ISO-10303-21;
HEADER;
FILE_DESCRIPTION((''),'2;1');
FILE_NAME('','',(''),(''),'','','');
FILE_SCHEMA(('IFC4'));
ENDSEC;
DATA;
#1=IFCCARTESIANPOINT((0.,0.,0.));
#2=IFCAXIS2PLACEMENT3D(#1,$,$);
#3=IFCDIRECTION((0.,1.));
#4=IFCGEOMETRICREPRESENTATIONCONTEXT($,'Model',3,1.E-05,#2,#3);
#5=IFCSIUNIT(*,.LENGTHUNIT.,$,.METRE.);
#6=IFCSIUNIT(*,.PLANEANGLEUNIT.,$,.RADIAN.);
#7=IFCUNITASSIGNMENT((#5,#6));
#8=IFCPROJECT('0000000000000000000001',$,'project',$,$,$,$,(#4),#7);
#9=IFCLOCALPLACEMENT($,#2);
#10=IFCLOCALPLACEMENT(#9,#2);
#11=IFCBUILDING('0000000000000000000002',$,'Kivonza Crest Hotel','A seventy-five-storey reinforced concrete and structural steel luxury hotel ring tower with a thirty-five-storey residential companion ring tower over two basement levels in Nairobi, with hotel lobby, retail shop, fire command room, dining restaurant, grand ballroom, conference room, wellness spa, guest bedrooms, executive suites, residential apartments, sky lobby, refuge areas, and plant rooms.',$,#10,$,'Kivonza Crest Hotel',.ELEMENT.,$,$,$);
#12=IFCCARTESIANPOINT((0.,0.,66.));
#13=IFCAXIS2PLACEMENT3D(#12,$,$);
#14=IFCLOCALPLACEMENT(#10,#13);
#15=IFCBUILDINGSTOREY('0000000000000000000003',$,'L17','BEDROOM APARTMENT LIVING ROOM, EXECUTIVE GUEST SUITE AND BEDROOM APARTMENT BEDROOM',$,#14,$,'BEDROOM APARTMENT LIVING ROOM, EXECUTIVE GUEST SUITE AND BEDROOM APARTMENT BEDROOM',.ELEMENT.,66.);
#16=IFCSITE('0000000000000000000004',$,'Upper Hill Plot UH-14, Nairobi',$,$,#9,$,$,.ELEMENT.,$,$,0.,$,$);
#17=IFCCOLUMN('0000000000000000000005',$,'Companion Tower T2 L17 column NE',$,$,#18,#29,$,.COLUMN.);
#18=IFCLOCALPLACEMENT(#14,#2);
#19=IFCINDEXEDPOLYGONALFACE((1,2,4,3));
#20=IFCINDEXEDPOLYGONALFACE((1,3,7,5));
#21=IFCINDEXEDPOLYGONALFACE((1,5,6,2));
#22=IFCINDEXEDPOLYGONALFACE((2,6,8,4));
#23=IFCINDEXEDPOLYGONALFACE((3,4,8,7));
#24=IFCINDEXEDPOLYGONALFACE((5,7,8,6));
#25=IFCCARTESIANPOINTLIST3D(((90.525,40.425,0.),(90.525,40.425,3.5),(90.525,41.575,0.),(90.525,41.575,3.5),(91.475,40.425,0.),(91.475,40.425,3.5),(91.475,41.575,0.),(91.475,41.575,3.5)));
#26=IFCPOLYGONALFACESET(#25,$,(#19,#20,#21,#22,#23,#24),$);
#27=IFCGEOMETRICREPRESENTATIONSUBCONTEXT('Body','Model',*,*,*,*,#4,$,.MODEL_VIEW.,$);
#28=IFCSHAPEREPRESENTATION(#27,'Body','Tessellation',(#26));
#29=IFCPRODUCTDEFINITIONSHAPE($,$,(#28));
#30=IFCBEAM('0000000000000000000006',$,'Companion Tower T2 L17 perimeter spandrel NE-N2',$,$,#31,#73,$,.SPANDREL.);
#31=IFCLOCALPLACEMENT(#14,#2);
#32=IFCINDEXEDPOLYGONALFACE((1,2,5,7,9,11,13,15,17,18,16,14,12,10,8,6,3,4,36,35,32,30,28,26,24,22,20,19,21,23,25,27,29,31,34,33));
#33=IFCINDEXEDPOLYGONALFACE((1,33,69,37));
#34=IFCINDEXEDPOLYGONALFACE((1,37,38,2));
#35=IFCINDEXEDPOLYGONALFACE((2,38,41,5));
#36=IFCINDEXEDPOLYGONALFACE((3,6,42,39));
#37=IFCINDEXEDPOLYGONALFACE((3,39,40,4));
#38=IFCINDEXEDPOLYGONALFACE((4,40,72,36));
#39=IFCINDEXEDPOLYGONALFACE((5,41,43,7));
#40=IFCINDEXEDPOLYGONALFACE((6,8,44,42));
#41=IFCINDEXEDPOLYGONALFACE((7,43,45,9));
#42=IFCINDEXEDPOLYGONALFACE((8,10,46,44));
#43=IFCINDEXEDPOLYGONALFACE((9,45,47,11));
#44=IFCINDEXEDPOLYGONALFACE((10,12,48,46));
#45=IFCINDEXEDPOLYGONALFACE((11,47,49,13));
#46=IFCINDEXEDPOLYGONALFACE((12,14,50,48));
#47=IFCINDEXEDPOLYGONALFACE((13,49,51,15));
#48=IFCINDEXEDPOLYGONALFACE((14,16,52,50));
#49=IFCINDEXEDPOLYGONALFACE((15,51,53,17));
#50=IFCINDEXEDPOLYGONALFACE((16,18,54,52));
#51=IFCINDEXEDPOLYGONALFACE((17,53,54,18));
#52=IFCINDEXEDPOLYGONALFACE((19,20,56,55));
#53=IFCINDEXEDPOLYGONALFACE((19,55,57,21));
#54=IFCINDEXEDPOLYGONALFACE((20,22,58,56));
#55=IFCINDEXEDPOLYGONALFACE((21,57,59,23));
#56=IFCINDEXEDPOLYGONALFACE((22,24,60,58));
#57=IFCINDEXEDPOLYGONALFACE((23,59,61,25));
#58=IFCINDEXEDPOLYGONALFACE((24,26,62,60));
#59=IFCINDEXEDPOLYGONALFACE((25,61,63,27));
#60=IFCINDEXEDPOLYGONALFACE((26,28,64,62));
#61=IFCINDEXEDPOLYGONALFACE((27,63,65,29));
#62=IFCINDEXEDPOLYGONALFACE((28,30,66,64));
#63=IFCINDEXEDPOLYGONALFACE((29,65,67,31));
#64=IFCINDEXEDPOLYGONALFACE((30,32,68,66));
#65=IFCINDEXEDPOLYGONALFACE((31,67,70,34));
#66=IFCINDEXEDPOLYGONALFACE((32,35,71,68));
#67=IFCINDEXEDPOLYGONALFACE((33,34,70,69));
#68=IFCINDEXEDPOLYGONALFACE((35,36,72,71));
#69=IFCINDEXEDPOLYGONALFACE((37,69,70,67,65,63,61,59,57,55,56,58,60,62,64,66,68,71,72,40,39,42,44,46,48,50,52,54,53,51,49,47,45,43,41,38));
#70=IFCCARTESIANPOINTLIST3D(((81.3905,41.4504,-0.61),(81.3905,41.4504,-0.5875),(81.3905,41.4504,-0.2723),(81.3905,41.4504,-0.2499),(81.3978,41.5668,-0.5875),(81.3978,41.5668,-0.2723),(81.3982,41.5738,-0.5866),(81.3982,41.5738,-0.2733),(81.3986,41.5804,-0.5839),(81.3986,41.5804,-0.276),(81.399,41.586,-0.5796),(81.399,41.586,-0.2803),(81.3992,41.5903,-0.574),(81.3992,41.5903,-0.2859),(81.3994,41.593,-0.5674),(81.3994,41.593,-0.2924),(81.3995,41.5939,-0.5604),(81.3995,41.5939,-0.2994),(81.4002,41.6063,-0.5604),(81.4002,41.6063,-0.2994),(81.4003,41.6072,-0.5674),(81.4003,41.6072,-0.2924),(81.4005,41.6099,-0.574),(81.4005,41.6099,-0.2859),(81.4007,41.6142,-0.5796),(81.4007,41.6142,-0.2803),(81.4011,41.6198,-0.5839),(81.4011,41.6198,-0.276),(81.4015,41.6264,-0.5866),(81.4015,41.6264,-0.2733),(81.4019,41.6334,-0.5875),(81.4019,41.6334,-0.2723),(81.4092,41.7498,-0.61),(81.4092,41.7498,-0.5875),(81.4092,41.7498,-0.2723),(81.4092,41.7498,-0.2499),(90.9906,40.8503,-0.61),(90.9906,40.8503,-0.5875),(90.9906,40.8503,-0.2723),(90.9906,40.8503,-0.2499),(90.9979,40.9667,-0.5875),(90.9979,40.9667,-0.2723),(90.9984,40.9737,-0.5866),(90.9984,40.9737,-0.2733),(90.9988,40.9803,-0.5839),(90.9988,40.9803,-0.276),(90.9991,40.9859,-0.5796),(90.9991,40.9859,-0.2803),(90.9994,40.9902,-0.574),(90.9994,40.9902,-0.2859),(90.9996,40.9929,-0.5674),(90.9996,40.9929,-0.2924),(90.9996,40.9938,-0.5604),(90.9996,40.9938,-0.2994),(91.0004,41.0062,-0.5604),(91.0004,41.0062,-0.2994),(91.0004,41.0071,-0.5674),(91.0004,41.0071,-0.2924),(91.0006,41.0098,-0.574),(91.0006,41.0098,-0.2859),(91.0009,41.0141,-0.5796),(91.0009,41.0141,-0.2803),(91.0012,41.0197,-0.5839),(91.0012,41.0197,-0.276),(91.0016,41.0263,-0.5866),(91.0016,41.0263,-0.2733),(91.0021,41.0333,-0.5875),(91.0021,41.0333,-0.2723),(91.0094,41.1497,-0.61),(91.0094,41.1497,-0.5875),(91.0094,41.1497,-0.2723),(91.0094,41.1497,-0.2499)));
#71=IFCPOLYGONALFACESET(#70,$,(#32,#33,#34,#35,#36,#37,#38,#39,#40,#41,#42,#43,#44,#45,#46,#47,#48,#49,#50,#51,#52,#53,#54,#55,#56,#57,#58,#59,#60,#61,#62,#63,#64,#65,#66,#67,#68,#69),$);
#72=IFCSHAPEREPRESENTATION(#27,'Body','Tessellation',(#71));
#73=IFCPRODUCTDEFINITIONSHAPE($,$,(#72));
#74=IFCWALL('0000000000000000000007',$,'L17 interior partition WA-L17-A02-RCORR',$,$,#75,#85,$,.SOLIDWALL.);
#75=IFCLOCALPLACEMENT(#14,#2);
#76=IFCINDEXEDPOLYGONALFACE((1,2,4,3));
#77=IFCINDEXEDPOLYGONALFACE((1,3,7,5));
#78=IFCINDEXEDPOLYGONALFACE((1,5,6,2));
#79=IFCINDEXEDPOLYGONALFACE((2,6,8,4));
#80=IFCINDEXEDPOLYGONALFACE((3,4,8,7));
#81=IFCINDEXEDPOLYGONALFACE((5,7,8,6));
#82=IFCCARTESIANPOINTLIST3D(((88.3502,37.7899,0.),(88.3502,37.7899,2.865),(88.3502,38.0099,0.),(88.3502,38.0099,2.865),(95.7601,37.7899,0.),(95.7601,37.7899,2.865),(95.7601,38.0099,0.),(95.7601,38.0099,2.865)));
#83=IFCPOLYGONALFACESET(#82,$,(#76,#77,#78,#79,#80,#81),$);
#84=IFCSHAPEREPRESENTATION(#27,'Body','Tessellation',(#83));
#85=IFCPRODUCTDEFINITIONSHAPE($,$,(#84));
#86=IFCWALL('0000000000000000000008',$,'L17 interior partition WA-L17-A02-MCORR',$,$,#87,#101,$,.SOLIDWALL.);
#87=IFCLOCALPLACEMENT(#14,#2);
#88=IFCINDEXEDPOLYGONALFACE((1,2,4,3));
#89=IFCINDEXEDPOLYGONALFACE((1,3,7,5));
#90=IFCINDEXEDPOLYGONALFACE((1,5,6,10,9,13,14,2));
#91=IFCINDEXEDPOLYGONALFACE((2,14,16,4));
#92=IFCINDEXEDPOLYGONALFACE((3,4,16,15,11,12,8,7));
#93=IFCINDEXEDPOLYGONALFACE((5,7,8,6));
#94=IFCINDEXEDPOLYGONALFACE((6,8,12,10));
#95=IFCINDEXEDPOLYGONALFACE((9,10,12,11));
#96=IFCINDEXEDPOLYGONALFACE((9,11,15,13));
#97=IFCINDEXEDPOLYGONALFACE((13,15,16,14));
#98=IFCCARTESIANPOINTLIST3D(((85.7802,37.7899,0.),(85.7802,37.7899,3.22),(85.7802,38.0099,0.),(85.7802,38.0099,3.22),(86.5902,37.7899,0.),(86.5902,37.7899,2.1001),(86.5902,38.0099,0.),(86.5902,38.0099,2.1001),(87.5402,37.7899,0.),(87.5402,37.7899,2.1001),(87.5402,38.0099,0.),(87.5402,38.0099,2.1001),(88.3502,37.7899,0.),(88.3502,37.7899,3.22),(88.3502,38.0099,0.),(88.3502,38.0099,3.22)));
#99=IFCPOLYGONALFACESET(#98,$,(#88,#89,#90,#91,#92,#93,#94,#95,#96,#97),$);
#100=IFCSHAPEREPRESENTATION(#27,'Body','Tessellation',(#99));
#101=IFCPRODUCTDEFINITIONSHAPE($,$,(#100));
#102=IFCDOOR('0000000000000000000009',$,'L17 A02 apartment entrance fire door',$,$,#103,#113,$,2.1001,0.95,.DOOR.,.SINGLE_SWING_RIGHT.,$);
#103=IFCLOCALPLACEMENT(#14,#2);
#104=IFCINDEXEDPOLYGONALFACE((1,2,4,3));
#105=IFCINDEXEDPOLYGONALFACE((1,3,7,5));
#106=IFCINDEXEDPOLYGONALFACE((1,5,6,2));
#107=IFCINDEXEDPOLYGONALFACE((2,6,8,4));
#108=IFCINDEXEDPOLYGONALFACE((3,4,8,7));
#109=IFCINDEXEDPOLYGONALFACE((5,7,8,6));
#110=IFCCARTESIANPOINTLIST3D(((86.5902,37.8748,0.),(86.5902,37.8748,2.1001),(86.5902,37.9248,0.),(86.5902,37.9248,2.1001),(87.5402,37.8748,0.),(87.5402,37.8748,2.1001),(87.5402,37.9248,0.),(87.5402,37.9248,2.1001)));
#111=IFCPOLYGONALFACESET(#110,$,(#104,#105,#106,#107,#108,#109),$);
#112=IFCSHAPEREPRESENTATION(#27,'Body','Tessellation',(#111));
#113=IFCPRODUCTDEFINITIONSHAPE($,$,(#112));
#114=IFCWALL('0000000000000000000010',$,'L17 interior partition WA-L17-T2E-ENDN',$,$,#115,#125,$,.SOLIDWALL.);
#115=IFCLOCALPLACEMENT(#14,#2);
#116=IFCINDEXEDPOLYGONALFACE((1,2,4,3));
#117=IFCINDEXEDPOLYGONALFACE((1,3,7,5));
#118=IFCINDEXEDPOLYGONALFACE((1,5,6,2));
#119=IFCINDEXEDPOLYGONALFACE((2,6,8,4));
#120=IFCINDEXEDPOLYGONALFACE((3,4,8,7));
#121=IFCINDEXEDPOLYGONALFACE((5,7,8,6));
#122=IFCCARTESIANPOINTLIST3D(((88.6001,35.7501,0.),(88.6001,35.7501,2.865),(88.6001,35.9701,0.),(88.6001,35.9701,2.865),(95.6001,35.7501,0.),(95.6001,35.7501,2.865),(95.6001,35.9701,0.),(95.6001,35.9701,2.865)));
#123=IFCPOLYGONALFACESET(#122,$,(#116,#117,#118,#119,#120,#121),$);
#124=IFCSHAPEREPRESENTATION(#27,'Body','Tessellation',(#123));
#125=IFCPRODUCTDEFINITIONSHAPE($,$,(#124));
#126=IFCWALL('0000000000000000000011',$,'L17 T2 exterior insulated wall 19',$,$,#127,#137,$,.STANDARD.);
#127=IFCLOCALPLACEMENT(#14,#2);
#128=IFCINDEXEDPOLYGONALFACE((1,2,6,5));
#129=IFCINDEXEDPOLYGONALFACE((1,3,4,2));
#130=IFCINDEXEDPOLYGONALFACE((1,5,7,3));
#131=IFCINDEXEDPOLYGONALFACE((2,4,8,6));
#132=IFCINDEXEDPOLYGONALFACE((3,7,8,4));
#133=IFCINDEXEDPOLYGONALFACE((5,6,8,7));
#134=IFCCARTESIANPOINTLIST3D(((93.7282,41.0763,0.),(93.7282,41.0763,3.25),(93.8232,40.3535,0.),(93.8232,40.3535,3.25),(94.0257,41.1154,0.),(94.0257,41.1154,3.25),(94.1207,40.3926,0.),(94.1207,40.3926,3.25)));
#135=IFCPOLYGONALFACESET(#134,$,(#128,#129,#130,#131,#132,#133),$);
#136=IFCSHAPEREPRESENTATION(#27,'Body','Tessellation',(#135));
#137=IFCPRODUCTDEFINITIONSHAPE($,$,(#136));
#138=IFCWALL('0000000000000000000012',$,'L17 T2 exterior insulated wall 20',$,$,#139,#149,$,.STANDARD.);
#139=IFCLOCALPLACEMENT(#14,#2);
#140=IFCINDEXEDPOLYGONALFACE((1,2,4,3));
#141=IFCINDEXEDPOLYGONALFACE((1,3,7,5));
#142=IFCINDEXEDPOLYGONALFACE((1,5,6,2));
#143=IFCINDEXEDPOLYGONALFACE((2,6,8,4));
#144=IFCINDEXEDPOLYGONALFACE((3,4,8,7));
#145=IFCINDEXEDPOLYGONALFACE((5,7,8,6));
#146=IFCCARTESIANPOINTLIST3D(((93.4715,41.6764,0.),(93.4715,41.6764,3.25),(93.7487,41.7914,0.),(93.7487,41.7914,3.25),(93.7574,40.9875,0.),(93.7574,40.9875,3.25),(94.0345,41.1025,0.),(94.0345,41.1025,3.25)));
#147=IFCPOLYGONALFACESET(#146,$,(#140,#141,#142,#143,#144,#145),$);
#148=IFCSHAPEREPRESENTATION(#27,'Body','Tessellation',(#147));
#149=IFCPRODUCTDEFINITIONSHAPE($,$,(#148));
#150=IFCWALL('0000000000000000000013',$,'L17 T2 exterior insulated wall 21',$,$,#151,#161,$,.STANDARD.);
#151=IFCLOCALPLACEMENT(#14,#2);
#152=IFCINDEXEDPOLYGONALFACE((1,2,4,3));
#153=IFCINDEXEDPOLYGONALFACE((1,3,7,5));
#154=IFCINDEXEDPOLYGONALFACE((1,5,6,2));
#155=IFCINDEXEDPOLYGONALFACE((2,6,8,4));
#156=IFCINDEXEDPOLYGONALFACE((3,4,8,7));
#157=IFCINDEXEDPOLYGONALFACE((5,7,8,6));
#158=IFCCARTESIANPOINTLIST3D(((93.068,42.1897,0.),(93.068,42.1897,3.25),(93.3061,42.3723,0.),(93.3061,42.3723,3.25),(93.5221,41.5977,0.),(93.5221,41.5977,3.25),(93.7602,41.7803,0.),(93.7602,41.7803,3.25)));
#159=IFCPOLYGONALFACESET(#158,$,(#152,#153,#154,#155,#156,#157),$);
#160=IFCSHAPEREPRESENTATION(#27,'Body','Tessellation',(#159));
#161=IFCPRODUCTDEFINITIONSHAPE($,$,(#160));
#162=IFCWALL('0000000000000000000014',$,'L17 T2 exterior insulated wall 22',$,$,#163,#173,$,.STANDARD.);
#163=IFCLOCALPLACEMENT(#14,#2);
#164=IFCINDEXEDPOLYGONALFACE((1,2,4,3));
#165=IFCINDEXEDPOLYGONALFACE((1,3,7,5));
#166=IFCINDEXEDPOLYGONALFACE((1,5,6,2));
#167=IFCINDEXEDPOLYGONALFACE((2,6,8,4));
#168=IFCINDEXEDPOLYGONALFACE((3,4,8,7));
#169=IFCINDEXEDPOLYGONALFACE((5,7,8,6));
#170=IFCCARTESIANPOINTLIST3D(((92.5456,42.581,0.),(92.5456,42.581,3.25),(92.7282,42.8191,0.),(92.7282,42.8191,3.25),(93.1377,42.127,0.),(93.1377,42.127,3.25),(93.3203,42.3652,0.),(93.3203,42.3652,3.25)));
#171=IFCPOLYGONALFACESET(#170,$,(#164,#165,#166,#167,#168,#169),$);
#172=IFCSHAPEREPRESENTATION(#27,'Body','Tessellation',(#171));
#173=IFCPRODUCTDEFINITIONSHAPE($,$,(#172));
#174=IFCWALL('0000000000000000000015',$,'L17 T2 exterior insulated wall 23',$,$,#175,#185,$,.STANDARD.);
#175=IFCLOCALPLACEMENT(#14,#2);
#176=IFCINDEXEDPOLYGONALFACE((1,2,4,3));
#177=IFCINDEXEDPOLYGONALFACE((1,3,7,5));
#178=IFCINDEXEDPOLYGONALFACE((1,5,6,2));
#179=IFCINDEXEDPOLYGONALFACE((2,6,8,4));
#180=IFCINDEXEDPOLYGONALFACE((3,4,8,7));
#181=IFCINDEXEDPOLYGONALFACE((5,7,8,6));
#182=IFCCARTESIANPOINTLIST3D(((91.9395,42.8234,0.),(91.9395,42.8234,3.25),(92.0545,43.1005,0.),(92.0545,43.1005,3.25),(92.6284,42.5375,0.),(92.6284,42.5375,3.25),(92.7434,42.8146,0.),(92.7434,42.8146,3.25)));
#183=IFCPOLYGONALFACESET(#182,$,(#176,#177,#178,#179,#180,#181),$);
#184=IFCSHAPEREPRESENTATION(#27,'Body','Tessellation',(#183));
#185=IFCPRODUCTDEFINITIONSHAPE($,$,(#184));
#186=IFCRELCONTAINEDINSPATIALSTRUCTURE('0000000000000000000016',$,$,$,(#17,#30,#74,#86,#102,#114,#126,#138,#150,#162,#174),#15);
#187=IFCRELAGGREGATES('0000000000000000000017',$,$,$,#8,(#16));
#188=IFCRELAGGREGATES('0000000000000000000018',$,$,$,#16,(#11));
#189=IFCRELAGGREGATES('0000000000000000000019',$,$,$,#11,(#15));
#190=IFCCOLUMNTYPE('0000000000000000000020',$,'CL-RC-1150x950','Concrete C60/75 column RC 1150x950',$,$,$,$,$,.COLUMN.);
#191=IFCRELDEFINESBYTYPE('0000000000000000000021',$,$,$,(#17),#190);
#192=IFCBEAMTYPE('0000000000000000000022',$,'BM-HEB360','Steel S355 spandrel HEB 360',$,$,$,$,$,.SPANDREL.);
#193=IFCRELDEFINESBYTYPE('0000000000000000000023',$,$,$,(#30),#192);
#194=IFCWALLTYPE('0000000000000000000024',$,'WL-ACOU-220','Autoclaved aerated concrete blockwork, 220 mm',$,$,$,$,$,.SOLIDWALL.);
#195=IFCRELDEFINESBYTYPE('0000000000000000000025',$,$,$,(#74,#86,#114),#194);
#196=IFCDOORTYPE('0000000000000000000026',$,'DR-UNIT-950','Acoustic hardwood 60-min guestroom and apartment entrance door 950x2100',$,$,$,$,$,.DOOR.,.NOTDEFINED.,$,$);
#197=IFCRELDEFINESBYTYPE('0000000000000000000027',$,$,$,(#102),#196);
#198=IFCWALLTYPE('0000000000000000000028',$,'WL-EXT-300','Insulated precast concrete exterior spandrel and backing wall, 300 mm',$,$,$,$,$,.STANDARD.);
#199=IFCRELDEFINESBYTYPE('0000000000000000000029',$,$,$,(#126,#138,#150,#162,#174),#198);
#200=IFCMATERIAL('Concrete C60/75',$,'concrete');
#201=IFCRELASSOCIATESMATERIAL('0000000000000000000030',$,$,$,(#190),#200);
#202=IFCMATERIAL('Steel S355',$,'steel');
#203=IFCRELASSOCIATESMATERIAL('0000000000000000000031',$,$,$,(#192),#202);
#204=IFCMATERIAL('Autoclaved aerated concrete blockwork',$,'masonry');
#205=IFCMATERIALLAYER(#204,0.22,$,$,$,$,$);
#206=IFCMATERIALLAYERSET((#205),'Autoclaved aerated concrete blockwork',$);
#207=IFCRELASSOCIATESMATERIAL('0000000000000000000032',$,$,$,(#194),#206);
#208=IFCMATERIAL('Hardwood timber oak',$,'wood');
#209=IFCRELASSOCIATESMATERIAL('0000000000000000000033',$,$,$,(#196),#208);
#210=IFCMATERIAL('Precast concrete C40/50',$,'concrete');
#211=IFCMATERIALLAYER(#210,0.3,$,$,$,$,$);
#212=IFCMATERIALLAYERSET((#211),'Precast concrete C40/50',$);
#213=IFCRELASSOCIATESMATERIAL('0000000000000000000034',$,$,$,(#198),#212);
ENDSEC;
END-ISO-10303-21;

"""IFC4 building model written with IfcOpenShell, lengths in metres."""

from ifc_helpers import new_model, si_unit, direction, frame, frame_2d, origin, origin_2d, place, context, subcontext, project, spatial, rectangle, i_section, extrude, material, layer, layer_set, material_profile, profile_set, type_object, element, fill, save


model = new_model("IFC4")

# Units and contexts
model_context = context("Model", 3, precision=1e-05, world=origin(), true_north=direction((0.0, 1.0)))
body_context = subcontext(model_context, "Body", "Model", "MODEL_VIEW")
ifc_project = project(units=[si_unit("LENGTHUNIT", "METRE"), si_unit("PLANEANGLEUNIT", "RADIAN")], contexts=[model_context])

# Site, building, storey
site_placement = place(None, origin())
site = spatial("IfcSite", under=ifc_project, at=site_placement, Name="Upper Hill Plot UH-14, Nairobi", CompositionType="ELEMENT", RefElevation=0.0)
building_placement = place(site_placement, origin())
building = spatial("IfcBuilding", under=site, at=building_placement, Name="Kivonza Crest Hotel", Description="A seventy-five-storey reinforced concrete and structural steel luxury hotel ring tower with a thirty-five-storey residential companion ring tower over two basement levels in Nairobi, with hotel lobby, retail shop, fire command room, dining restaurant, grand ballroom, conference room, wellness spa, guest bedrooms, executive suites, residential apartments, sky lobby, refuge areas, and plant rooms.", LongName="Kivonza Crest Hotel", CompositionType="ELEMENT")
storey_placement = place(building_placement, frame((0.0, 0.0, 66.0)))
storey = spatial("IfcBuildingStorey", under=building, at=storey_placement, Name="L17", Description="BEDROOM APARTMENT LIVING ROOM, EXECUTIVE GUEST SUITE AND BEDROOM APARTMENT BEDROOM", LongName="BEDROOM APARTMENT LIVING ROOM, EXECUTIVE GUEST SUITE AND BEDROOM APARTMENT BEDROOM", CompositionType="ELEMENT", Elevation=66.0)

# Column
ifc_material_1 = material(Name="Concrete C60/75", Category="concrete")
ifc_material_profile_1 = material_profile(ifc_material_1, rectangle(XDim=0.95, YDim=1.1499, at=origin_2d()), Name="RC 1150x950")
ifc_profile_set_1 = profile_set([ifc_material_profile_1], Name="Concrete C60/75")
column_type = type_object("IfcColumnType", Name="CL-RC-1150x950", Description="Concrete C60/75 column RC 1150x950", PredefinedType="COLUMN", material=ifc_profile_set_1)
column_placement = place(storey_placement, frame((91.0, 41.0, 0.0), z_axis=(0.0, 0.0, 1.0), x_axis=(1.0, 0.0, 0.0)))
element("IfcColumn", 1, at=column_placement, inside=storey, type_object=column_type, Name="Companion Tower T2 L17 column NE", PredefinedType="COLUMN", context=body_context, shape_type="SweptSolid", body=[
    extrude(rectangle(XDim=0.95, YDim=1.1499, at=origin_2d()), origin(), (0.0, 0.0, 1.0), 3.5),
])

# Beam
ifc_material_2 = material(Name="Steel S355", Category="steel")
ifc_material_profile_2 = material_profile(ifc_material_2, i_section(OverallWidth=0.3, OverallDepth=0.3601, WebThickness=0.0125, FlangeThickness=0.0225, FilletRadius=0.0271, at=origin_2d()), Name="HEB 360")
ifc_profile_set_2 = profile_set([ifc_material_profile_2], Name="Steel S355")
beam_type = type_object("IfcBeamType", Name="BM-HEB360", Description="Steel S355 spandrel HEB 360", PredefinedType="SPANDREL", material=ifc_profile_set_2)
beam_placement = place(storey_placement, frame((91.0, 41.0, -0.4299), z_axis=(-0.998052, 0.062388, 0.0), x_axis=(-0.062388, -0.998052, 0.0)))
element("IfcBeam", 2, at=beam_placement, inside=storey, type_object=beam_type, Name="Companion Tower T2 L17 perimeter spandrel NE-N2", PredefinedType="SPANDREL", context=body_context, shape_type="SweptSolid", body=[
    extrude(i_section(OverallWidth=0.3, OverallDepth=0.3601, WebThickness=0.0125, FlangeThickness=0.0225, FilletRadius=0.0271, at=origin_2d()), origin(), (0.0, 0.0, 1.0), 9.6189),
])

# Wall
ifc_material_3 = material(Name="Autoclaved aerated concrete blockwork", Category="masonry")
ifc_layer_1 = layer(ifc_material_3, 0.22)
ifc_layer_set_1 = layer_set([ifc_layer_1], Name="Autoclaved aerated concrete blockwork")
wall_type_1 = type_object("IfcWallType", Name="WL-ACOU-220", Description="Autoclaved aerated concrete blockwork, 220 mm", PredefinedType="SOLIDWALL", material=ifc_layer_set_1)
wall_1_placement = place(storey_placement, frame((88.3501, 37.8999, 0.0), z_axis=(0.0, 0.0, 1.0), x_axis=(1.0, 0.0, 0.0)))
element("IfcWall", 3, at=wall_1_placement, inside=storey, type_object=wall_type_1, Name="L17 interior partition WA-L17-A02-RCORR", PredefinedType="SOLIDWALL", context=body_context, shape_type="SweptSolid", body=[
    extrude(rectangle(XDim=7.4099, YDim=0.22, at=frame_2d((3.7051, 0.0))), origin(), (0.0, 0.0, 1.0), 2.865),
])

# Wall, opening, door
wall_2_placement = place(storey_placement, frame((85.78, 37.8999, 0.0), z_axis=(0.0, 0.0, 1.0), x_axis=(1.0, 0.0, 0.0)))
wall_2 = element("IfcWall", 4, at=wall_2_placement, inside=storey, type_object=wall_type_1, Name="L17 interior partition WA-L17-A02-MCORR", PredefinedType="SOLIDWALL", context=body_context, shape_type="SweptSolid", body=[
    extrude(rectangle(XDim=2.5701, YDim=0.22, at=frame_2d((1.2852, 0.0))), origin(), (0.0, 0.0, 1.0), 3.22),
])
opening_1_placement = place(wall_2_placement, frame((0.8101, 0.0, 0.0)))
opening_1 = element("IfcOpeningElement", 5, at=opening_1_placement, cuts=wall_2, PredefinedType="OPENING", context=body_context, shape_type="SweptSolid", body=[
    extrude(rectangle(XDim=0.95, YDim=2.1001, at=frame_2d((0.4751, 1.05))), frame((0.0, 0.1201, 0.0), z_axis=(0.0, -1.0, 0.0), x_axis=(1.0, 0.0, 0.0)), (0.0, 0.0, 1.0), 0.24),
])
ifc_material_4 = material(Name="Hardwood timber oak", Category="wood")
door_type_1 = type_object("IfcDoorType", Name="DR-UNIT-950", Description="Acoustic hardwood 60-min guestroom and apartment entrance door 950x2100", OperationType="NOTDEFINED", PredefinedType="DOOR", material=ifc_material_4)
door_1_placement = place(opening_1_placement, origin())
door_1 = element("IfcDoor", 6, at=door_1_placement, inside=storey, type_object=door_type_1, Name="L17 A02 apartment entrance fire door", OperationType="SINGLE_SWING_RIGHT", OverallHeight=2.1001, OverallWidth=0.95, PredefinedType="DOOR", context=body_context, shape_type="SweptSolid", body=[
    extrude(rectangle(XDim=0.95, YDim=2.1001, at=frame_2d((0.4751, 1.05))), frame((0.0, 0.0249, 0.0), z_axis=(0.0, -1.0, 0.0), x_axis=(1.0, 0.0, 0.0)), (0.0, 0.0, 1.0), 0.05),
])
fill(opening_1, door_1)

# Walls
wall_3_placement = place(storey_placement, frame((88.6001, 35.8601, 0.0), z_axis=(0.0, 0.0, 1.0), x_axis=(1.0, 0.0, 0.0)))
element("IfcWall", 7, at=wall_3_placement, inside=storey, type_object=wall_type_1, Name="L17 interior partition WA-L17-T2E-ENDN", PredefinedType="SOLIDWALL", context=body_context, shape_type="SweptSolid", body=[
    extrude(rectangle(XDim=7.0, YDim=0.22, at=frame_2d((3.5, 0.0))), origin(), (0.0, 0.0, 1.0), 2.865),
])
ifc_material_5 = material(Name="Precast concrete C40/50", Category="concrete")
ifc_layer_2 = layer(ifc_material_5, 0.3)
ifc_layer_set_2 = layer_set([ifc_layer_2], Name="Precast concrete C40/50")
wall_type_2 = type_object("IfcWallType", Name="WL-EXT-300", Description="Insulated precast concrete exterior spandrel and backing wall, 300 mm", PredefinedType="STANDARD", material=ifc_layer_set_2)
wall_4_placement = place(storey_placement, frame((93.9719, 40.373, 0.0), z_axis=(0.0, 0.0, 1.0), x_axis=(-0.130255, 0.99148, 0.0)))
element("IfcWall", 8, at=wall_4_placement, inside=storey, type_object=wall_type_2, Name="L17 T2 exterior insulated wall 19", PredefinedType="STANDARD", context=body_context, shape_type="SweptSolid", body=[
    extrude(rectangle(XDim=0.729, YDim=0.3, at=frame_2d((0.3645, 0.0))), origin(), (0.0, 0.0, 1.0), 3.25),
])
wall_5_placement = place(storey_placement, frame((93.896, 41.0449, 0.0), z_axis=(0.0, 0.0, 1.0), x_axis=(-0.383267, 0.923638, 0.0)))
element("IfcWall", 9, at=wall_5_placement, inside=storey, type_object=wall_type_2, Name="L17 T2 exterior insulated wall 20", PredefinedType="STANDARD", context=body_context, shape_type="SweptSolid", body=[
    extrude(rectangle(XDim=0.7458, YDim=0.3, at=frame_2d((0.373, 0.0))), origin(), (0.0, 0.0, 1.0), 3.25),
])
for number, where, z_axis, x_axis, name in (
    (10, (93.6411, 41.689, 0.0), (0.0, 0.0, 1.0), (-0.608603, 0.793475, 0.0), "L17 T2 exterior insulated wall 21"),
    (11, (93.229, 42.2461, 0.0), (0.0, 0.0, 1.0), (-0.793633, 0.608397, 0.0), "L17 T2 exterior insulated wall 22"),
):
    element("IfcWall", number, at=place(storey_placement, frame(where, z_axis=z_axis, x_axis=x_axis)), inside=storey, type_object=wall_type_2, Name=name, PredefinedType="STANDARD", context=body_context, shape_type="SweptSolid", body=[
        extrude(rectangle(XDim=0.7461, YDim=0.3, at=frame_2d((0.373, 0.0))), origin(), (0.0, 0.0, 1.0), 3.25),
    ])
wall_6_placement = place(storey_placement, frame((92.686, 42.676, 0.0), z_axis=(0.0, 0.0, 1.0), x_axis=(-0.923638, 0.383267, 0.0)))
element("IfcWall", 12, at=wall_6_placement, inside=storey, type_object=wall_type_2, Name="L17 T2 exterior insulated wall 23", PredefinedType="STANDARD", context=body_context, shape_type="SweptSolid", body=[
    extrude(rectangle(XDim=0.7458, YDim=0.3, at=frame_2d((0.373, 0.0))), origin(), (0.0, 0.0, 1.0), 3.25),
])

save(model, "model.ifc")
